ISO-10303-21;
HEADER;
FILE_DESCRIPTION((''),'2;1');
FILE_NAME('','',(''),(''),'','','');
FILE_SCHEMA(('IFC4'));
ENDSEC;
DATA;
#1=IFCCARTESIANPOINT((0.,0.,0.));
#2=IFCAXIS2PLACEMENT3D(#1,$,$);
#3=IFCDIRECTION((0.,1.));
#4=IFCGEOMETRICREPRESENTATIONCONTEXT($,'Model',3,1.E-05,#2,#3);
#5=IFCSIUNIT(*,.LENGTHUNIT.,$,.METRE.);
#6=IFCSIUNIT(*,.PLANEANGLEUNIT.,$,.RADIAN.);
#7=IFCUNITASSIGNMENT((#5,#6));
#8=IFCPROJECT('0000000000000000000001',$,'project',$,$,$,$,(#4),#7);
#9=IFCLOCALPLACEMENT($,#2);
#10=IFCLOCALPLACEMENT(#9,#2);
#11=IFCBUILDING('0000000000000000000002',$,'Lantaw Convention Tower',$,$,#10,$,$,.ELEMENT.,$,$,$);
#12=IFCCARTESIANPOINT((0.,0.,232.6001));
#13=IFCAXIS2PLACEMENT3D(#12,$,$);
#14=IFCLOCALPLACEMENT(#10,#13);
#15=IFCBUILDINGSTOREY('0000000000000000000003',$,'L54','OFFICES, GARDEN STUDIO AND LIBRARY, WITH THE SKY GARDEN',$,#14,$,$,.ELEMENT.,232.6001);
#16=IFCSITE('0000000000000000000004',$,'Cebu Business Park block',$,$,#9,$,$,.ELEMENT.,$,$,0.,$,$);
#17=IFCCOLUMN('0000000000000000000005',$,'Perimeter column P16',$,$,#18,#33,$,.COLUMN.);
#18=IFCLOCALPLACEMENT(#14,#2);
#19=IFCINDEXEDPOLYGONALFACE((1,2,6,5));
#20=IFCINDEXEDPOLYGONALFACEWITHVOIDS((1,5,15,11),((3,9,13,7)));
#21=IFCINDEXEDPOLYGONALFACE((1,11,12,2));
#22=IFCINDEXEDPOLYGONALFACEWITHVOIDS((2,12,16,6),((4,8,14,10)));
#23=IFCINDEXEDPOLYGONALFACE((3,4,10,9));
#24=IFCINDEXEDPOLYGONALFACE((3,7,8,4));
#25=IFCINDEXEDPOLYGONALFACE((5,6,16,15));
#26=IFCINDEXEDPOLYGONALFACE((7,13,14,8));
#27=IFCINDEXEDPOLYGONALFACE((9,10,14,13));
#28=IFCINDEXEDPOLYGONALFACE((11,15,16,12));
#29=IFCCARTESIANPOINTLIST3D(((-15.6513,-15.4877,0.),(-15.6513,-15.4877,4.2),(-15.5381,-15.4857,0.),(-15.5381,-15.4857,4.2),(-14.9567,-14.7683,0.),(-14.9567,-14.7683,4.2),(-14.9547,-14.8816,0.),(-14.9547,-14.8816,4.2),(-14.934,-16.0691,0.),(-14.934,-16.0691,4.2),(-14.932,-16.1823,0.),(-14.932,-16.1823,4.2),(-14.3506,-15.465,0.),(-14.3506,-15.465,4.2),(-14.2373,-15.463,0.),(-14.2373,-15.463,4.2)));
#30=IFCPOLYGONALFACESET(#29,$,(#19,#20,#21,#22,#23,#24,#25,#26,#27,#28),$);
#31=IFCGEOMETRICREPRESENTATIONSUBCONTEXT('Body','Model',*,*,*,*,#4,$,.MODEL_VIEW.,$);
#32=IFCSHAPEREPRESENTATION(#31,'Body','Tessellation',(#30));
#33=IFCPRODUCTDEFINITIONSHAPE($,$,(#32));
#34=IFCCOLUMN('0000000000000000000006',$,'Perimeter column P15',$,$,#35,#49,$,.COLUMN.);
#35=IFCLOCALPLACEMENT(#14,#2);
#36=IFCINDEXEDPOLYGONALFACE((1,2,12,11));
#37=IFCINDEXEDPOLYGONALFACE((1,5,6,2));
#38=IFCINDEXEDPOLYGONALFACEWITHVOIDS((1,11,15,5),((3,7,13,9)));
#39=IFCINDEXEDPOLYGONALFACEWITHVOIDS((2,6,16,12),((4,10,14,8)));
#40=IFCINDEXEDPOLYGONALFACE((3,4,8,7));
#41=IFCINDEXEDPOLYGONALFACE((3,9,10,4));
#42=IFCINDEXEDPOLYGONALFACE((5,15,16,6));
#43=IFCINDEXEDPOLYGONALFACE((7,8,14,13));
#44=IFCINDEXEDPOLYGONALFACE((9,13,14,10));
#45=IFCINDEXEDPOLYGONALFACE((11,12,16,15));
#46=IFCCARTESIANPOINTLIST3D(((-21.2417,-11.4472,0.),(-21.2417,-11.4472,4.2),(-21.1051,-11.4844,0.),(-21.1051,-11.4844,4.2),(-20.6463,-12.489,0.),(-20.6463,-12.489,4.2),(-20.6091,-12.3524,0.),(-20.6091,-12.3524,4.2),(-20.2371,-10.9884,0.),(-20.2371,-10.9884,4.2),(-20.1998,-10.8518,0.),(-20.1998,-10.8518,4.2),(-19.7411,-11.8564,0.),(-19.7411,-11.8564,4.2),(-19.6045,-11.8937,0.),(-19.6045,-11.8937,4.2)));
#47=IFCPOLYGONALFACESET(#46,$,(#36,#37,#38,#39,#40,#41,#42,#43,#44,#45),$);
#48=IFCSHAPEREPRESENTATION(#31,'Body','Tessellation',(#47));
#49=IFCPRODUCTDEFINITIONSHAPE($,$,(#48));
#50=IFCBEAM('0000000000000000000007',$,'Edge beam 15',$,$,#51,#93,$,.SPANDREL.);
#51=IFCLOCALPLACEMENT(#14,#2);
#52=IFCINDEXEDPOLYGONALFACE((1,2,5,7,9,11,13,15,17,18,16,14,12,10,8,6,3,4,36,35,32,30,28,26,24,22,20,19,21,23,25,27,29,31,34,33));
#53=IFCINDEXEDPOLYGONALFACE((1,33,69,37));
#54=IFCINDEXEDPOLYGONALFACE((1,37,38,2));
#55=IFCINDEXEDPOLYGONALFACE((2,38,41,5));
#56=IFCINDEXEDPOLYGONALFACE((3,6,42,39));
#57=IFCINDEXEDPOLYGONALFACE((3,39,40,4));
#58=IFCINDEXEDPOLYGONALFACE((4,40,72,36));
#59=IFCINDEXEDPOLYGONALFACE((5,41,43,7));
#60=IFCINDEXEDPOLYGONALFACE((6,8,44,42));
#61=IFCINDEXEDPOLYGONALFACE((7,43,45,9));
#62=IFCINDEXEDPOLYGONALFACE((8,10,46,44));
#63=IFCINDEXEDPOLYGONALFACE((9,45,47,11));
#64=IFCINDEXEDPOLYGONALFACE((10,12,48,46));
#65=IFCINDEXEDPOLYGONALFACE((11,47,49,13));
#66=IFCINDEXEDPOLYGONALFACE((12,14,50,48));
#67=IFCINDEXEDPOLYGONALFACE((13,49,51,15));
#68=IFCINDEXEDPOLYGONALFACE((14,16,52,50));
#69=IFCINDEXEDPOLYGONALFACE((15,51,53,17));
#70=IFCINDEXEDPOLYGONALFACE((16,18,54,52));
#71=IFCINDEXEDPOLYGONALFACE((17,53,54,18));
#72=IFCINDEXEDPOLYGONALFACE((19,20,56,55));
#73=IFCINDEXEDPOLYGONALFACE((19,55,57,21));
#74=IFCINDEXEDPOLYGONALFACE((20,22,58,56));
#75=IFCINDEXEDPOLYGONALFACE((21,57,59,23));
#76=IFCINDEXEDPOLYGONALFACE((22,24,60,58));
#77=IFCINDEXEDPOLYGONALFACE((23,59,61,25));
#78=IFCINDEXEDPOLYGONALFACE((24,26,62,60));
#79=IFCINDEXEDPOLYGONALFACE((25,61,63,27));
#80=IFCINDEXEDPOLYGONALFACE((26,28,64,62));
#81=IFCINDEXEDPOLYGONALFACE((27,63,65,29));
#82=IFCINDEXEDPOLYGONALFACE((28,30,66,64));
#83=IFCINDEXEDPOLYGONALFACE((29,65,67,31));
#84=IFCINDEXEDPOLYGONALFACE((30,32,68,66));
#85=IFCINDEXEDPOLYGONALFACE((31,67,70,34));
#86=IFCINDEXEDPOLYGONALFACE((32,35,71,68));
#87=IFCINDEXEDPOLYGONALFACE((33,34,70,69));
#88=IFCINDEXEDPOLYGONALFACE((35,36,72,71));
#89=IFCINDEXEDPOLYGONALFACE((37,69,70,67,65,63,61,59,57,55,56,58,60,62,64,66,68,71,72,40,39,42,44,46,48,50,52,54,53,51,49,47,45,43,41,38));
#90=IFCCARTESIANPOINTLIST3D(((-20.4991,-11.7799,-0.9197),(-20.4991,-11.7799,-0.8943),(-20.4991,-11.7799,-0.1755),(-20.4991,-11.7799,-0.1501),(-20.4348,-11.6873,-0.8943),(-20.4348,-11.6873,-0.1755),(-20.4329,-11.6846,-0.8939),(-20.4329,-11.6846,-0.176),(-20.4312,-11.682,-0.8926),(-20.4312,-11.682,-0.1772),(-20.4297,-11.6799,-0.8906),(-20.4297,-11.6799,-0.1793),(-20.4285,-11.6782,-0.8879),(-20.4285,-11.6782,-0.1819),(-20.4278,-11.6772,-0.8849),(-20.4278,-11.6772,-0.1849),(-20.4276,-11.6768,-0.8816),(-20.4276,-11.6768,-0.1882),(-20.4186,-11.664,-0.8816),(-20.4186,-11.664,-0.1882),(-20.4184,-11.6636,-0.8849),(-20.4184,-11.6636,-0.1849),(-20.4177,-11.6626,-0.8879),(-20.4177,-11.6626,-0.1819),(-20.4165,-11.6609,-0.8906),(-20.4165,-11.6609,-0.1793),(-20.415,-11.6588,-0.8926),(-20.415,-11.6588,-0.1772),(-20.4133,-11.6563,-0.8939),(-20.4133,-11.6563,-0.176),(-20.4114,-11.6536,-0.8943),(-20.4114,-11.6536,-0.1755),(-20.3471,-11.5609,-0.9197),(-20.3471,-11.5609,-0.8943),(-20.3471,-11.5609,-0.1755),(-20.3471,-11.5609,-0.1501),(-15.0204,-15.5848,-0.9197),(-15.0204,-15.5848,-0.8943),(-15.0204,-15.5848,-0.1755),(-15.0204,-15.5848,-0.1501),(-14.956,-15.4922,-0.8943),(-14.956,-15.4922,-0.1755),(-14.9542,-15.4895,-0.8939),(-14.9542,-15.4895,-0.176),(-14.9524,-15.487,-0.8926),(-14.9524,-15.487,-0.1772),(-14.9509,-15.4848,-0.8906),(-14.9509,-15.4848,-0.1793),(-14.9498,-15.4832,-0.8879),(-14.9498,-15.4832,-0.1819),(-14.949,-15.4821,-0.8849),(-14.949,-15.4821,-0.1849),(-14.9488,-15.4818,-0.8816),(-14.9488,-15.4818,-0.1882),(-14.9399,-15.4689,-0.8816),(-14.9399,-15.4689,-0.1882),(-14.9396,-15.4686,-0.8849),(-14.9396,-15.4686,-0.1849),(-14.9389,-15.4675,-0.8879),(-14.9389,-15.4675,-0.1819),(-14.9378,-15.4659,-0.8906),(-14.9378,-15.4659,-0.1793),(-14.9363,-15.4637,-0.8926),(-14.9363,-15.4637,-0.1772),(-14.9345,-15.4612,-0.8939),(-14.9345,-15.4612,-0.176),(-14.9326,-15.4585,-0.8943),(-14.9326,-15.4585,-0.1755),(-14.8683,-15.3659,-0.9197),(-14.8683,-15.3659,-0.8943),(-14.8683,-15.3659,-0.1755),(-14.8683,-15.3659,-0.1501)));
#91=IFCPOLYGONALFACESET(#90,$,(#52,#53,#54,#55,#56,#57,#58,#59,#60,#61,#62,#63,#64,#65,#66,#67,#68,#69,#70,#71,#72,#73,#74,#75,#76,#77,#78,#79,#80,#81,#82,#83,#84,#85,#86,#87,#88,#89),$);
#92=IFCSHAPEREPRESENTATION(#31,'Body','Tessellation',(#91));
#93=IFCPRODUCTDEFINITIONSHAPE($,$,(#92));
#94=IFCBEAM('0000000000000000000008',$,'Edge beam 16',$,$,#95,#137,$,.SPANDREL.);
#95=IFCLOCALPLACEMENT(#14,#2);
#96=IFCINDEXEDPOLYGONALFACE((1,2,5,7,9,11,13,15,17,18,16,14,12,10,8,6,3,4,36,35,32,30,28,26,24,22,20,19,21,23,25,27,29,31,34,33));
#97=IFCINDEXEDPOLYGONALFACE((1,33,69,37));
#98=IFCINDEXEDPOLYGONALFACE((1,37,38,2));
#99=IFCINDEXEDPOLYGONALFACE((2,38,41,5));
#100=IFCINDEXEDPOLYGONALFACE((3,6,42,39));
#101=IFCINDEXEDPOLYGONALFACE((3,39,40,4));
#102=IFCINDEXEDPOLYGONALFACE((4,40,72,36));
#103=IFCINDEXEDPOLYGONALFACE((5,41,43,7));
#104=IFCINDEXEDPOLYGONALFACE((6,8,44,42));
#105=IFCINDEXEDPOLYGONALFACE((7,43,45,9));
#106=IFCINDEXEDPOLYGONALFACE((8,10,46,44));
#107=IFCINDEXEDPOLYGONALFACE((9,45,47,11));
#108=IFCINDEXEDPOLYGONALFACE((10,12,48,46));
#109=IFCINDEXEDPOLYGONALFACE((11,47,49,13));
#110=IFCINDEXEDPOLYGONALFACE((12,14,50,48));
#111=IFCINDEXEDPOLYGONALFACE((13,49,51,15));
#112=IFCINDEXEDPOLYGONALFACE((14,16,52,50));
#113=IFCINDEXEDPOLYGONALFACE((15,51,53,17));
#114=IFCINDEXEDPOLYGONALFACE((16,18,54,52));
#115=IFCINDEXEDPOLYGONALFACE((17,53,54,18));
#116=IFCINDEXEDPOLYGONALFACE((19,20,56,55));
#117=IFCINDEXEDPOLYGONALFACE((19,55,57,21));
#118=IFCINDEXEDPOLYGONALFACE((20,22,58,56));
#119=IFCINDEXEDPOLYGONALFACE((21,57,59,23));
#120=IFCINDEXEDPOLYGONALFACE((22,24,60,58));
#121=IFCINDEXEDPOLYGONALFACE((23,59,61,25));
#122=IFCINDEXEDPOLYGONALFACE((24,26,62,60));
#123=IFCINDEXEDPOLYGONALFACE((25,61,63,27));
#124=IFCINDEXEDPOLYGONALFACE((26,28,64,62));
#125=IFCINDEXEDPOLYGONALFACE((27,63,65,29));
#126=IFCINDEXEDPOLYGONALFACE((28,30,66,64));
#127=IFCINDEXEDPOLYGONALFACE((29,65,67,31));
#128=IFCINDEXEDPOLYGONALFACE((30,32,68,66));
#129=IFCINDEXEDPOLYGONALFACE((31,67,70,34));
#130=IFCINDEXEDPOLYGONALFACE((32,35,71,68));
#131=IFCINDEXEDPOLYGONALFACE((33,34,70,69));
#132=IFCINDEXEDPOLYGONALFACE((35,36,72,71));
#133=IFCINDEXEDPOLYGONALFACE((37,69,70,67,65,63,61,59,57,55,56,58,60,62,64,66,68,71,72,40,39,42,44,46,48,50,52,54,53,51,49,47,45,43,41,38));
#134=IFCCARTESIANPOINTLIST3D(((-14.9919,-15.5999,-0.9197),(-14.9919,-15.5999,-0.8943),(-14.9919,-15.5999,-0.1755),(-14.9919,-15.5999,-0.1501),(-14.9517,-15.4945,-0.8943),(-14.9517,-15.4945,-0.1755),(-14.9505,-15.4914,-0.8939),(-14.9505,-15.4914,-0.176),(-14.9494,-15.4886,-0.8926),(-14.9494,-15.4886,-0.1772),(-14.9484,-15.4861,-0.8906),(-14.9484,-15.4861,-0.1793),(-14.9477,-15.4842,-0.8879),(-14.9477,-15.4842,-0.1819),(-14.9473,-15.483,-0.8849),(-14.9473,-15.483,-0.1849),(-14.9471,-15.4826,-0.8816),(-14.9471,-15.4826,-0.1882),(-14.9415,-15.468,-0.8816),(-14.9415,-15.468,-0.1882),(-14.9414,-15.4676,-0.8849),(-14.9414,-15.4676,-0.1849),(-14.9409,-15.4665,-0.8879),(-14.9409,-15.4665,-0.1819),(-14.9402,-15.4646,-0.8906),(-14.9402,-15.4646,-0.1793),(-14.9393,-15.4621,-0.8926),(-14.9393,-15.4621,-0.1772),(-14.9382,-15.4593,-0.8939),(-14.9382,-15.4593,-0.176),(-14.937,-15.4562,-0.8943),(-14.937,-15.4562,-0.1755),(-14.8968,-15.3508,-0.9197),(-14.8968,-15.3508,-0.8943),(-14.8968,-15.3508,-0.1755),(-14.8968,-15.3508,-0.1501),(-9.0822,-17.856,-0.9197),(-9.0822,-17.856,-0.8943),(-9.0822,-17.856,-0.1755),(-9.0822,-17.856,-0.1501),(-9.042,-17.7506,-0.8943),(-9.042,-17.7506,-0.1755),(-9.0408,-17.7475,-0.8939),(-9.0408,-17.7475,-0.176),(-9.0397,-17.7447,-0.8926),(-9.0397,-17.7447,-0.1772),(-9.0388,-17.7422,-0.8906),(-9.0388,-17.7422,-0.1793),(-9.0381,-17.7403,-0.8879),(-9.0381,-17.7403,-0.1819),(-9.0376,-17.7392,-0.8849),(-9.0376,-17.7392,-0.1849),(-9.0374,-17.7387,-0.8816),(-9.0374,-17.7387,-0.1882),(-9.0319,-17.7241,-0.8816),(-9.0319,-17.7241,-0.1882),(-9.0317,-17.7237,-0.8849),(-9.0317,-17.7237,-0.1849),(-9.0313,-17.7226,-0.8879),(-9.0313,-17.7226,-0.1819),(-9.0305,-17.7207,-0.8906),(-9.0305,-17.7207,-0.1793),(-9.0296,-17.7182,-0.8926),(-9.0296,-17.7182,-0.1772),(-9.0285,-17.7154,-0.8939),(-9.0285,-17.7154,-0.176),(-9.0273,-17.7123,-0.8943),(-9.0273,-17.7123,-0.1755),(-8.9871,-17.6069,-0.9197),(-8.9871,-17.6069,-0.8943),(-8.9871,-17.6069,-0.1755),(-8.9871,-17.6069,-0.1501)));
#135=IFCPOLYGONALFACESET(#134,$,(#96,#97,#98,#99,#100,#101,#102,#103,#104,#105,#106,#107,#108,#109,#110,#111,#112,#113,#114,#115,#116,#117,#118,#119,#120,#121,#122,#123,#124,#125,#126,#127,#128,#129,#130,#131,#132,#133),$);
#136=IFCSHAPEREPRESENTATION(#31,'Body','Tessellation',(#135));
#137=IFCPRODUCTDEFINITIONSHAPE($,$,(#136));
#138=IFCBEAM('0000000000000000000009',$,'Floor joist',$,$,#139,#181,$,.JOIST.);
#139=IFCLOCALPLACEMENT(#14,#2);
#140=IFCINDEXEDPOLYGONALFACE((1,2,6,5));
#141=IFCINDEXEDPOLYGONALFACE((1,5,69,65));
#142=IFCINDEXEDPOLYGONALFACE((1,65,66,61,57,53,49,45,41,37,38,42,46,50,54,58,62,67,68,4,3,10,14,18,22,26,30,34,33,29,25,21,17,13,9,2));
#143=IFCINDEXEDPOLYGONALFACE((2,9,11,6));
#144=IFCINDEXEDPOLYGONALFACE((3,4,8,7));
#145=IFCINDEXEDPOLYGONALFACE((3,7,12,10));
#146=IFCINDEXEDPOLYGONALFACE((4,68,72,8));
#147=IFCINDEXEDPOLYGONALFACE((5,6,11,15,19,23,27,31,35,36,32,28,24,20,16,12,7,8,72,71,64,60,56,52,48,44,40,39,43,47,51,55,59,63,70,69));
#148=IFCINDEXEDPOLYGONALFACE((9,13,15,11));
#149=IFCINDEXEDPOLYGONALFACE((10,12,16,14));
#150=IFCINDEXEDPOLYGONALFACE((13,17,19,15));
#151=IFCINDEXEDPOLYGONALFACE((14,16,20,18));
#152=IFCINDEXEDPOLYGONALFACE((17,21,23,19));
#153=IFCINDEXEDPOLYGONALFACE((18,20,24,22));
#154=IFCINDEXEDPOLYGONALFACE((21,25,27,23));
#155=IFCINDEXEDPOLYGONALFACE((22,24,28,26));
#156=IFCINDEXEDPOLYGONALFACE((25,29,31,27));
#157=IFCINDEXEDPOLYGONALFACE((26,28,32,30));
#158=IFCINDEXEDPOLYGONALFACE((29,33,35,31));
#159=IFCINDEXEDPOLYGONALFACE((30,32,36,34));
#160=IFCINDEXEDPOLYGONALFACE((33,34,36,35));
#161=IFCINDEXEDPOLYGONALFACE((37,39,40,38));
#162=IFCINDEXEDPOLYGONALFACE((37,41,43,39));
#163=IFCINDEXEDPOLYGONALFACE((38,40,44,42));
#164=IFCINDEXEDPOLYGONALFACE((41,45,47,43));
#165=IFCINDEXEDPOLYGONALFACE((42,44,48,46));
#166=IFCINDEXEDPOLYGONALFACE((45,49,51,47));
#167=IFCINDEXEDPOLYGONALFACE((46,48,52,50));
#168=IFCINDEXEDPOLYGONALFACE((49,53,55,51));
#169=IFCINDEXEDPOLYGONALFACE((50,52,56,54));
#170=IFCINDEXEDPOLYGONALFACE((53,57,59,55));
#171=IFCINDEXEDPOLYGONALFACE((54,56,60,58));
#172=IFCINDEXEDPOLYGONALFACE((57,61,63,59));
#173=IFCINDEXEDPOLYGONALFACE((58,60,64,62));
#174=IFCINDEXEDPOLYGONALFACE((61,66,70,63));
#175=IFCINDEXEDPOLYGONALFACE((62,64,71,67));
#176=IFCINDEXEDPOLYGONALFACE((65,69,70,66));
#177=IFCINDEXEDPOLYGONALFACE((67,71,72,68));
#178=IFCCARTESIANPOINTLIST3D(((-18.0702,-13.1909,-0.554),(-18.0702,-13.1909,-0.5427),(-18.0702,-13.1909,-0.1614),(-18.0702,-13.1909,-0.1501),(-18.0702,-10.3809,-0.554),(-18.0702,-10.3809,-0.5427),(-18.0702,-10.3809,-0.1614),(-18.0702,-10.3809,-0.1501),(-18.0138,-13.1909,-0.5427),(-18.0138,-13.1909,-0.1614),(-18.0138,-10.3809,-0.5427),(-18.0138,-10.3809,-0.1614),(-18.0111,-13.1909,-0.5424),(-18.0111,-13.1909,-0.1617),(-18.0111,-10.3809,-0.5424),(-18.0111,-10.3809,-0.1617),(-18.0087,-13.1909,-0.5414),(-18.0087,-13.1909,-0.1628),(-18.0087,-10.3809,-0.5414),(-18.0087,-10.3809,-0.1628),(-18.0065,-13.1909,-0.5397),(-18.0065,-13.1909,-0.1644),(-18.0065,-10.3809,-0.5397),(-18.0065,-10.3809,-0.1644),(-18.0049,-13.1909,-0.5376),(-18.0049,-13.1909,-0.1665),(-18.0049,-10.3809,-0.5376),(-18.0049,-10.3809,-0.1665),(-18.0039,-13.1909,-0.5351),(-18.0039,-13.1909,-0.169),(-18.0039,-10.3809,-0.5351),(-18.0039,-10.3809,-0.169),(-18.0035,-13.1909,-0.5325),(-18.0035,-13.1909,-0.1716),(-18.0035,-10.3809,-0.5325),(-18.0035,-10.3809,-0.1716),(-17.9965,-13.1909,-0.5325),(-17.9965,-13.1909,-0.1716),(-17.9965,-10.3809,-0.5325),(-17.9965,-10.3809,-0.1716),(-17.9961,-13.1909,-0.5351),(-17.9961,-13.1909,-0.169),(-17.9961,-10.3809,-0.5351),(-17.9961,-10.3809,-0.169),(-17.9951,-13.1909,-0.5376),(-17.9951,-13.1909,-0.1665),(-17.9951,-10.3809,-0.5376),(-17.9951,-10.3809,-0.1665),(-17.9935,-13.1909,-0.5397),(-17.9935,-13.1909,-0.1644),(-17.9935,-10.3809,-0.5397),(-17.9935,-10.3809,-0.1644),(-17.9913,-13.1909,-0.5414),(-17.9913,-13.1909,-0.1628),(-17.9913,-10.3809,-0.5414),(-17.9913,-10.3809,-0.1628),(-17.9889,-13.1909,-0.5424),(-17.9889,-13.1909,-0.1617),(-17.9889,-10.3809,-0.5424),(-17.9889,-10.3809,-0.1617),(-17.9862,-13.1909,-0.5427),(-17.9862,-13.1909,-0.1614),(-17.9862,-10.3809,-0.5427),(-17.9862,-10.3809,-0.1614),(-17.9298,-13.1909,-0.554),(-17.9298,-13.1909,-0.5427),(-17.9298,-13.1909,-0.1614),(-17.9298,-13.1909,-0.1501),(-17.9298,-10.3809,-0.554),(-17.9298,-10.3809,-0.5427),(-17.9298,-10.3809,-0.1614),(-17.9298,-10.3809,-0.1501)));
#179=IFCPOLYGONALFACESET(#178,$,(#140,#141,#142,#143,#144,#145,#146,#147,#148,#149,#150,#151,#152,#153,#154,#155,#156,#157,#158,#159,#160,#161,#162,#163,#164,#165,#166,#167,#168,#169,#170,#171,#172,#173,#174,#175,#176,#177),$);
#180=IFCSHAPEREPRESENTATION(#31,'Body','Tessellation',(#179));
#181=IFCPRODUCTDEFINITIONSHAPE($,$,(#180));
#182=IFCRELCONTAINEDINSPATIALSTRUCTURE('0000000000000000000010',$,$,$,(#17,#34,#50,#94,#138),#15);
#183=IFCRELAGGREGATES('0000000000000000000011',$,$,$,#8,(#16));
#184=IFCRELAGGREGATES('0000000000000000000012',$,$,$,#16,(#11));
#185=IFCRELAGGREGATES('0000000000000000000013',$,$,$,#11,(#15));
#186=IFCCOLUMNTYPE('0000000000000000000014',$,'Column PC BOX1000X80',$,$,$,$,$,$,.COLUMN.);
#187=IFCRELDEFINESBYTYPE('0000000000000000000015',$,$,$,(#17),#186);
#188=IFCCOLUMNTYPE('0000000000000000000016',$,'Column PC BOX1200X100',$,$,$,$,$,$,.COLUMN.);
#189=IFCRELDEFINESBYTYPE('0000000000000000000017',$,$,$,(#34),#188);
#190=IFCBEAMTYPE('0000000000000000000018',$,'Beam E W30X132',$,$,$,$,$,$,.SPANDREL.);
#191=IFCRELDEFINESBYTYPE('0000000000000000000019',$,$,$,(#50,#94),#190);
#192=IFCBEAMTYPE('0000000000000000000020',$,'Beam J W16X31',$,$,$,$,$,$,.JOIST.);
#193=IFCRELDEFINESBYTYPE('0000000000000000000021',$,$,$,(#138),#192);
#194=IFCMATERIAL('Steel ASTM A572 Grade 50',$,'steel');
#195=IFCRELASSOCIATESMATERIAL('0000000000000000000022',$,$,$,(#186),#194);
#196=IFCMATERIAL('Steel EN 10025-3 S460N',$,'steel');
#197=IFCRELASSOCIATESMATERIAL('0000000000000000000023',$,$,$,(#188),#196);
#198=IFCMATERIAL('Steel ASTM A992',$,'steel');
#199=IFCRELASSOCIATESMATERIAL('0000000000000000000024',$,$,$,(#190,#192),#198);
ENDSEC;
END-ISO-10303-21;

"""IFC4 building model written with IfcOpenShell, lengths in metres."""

from ifc_helpers import new_model, si_unit, direction, frame, origin, origin_2d, place, context, subcontext, project, spatial, rectangle, hollow_rectangle, i_section, extrude, material, material_profile, profile_set, type_object, element, save


model = new_model("IFC4")

# Units and contexts
model_context = context("Model", 3, precision=1e-05, world=origin(), true_north=direction((0.0, 1.0)))
body_context = subcontext(model_context, "Body", "Model", "MODEL_VIEW")
ifc_project = project(units=[si_unit("LENGTHUNIT", "METRE"), si_unit("PLANEANGLEUNIT", "RADIAN")], contexts=[model_context])

# Site, building, storey
site_placement = place(None, origin())
site = spatial("IfcSite", under=ifc_project, at=site_placement, Name="Cebu Business Park block", CompositionType="ELEMENT", RefElevation=0.0)
building_placement = place(site_placement, origin())
building = spatial("IfcBuilding", under=site, at=building_placement, Name="Lantaw Convention Tower", CompositionType="ELEMENT")
storey_placement = place(building_placement, frame((0.0, 0.0, 232.6001)))
storey = spatial("IfcBuildingStorey", under=building, at=storey_placement, Name="L54", Description="OFFICES, GARDEN STUDIO AND LIBRARY, WITH THE SKY GARDEN", CompositionType="ELEMENT", Elevation=232.6001)

# Columns
ifc_material_1 = material(Name="Steel ASTM A572 Grade 50", Category="steel")
ifc_material_profile_1 = material_profile(ifc_material_1, hollow_rectangle(XDim=1.0, YDim=1.0, WallThickness=0.0801, at=origin_2d()), Name="BOX1000X80")
ifc_material_2 = material(Name="Concrete C60/75", Category="concrete")
ifc_material_profile_2 = material_profile(ifc_material_2, rectangle(XDim=0.8401, YDim=0.8401, at=origin_2d()), Name="Concrete fill of BOX1000X80")
ifc_profile_set_1 = profile_set([ifc_material_profile_1, ifc_material_profile_2], Name="Steel ASTM A572 Grade 50")
column_type_1 = type_object("IfcColumnType", Name="Column PC BOX1000X80", PredefinedType="COLUMN", material=ifc_profile_set_1)
column_1_placement = place(storey_placement, frame((-14.9443, -15.4753, 0.0), z_axis=(0.0, 0.0, 1.0), x_axis=(0.694658, 0.71934, 0.0)))
element("IfcColumn", 1, at=column_1_placement, inside=storey, type_object=column_type_1, Name="Perimeter column P16", PredefinedType="COLUMN", context=body_context, shape_type="SweptSolid", body=[
    extrude(hollow_rectangle(XDim=1.0, YDim=1.0, WallThickness=0.0801, at=origin_2d()), origin(), (0.0, 0.0, 1.0), 4.2),
])
ifc_material_3 = material(Name="Steel EN 10025-3 S460N", Category="steel")
ifc_material_profile_3 = material_profile(ifc_material_3, hollow_rectangle(XDim=1.2, YDim=1.2, WallThickness=0.1001, at=origin_2d()), Name="BOX1200X100")
ifc_material_profile_4 = material_profile(ifc_material_2, rectangle(XDim=1.0, YDim=1.0, at=origin_2d()), Name="Concrete fill of BOX1200X100")
ifc_profile_set_2 = profile_set([ifc_material_profile_3, ifc_material_profile_4], Name="Steel EN 10025-3 S460N")
column_type_2 = type_object("IfcColumnType", Name="Column PC BOX1200X100", PredefinedType="COLUMN", material=ifc_profile_set_2)
column_2_placement = place(storey_placement, frame((-20.4231, -11.6704, 0.0), z_axis=(0.0, 0.0, 1.0), x_axis=(0.868243, 0.496139, 0.0)))
element("IfcColumn", 2, at=column_2_placement, inside=storey, type_object=column_type_2, Name="Perimeter column P15", PredefinedType="COLUMN", context=body_context, shape_type="SweptSolid", body=[
    extrude(hollow_rectangle(XDim=1.2, YDim=1.2, WallThickness=0.1001, at=origin_2d()), origin(), (0.0, 0.0, 1.0), 4.2),
])

# Beams
ifc_material_4 = material(Name="Steel ASTM A992", Category="steel")
ifc_material_profile_5 = material_profile(ifc_material_4, i_section(OverallWidth=0.2666, OverallDepth=0.7695, WebThickness=0.0156, FlangeThickness=0.0254, FilletRadius=0.0127, at=origin_2d()), Name="W30X132")
ifc_profile_set_3 = profile_set([ifc_material_profile_5], Name="Steel ASTM A992")
beam_type_1 = type_object("IfcBeamType", Name="Beam E W30X132", PredefinedType="SPANDREL", material=ifc_profile_set_3)
beam_1_placement = place(storey_placement, frame((-20.4231, -11.6704, -0.5349), z_axis=(0.821353, -0.57042, 0.0), x_axis=(0.57042, 0.821353, 0.0)))
element("IfcBeam", 3, at=beam_1_placement, inside=storey, type_object=beam_type_1, Name="Edge beam 15", PredefinedType="SPANDREL", context=body_context, shape_type="SweptSolid", body=[
    extrude(i_section(OverallWidth=0.2666, OverallDepth=0.7695, WebThickness=0.0156, FlangeThickness=0.0254, FilletRadius=0.0127, at=origin_2d()), origin(), (0.0, 0.0, 1.0), 6.6704),
])
beam_2_placement = place(storey_placement, frame((-14.9443, -15.4753, -0.5349), z_axis=(0.934235, -0.356658, 0.0), x_axis=(0.356658, 0.934235, 0.0)))
element("IfcBeam", 4, at=beam_2_placement, inside=storey, type_object=beam_type_1, Name="Edge beam 16", PredefinedType="SPANDREL", context=body_context, shape_type="SweptSolid", body=[
    extrude(i_section(OverallWidth=0.2666, OverallDepth=0.7695, WebThickness=0.0156, FlangeThickness=0.0254, FilletRadius=0.0127, at=origin_2d()), origin(), (0.0, 0.0, 1.0), 6.3257),
])
ifc_material_profile_6 = material_profile(ifc_material_4, i_section(OverallWidth=0.1404, OverallDepth=0.4038, WebThickness=0.0071, FlangeThickness=0.0112, FilletRadius=0.0103, at=origin_2d()), Name="W16X31")
ifc_profile_set_4 = profile_set([ifc_material_profile_6], Name="Steel ASTM A992")
beam_type_2 = type_object("IfcBeamType", Name="Beam J W16X31", PredefinedType="JOIST", material=ifc_profile_set_4)
beam_3_placement = place(storey_placement, frame((-18.0, -13.1909, -0.3521), z_axis=(0.0, 1.0, 0.0), x_axis=(-1.0, 0.0, 0.0)))
element("IfcBeam", 5, at=beam_3_placement, inside=storey, type_object=beam_type_2, Name="Floor joist", PredefinedType="JOIST", context=body_context, shape_type="SweptSolid", body=[
    extrude(i_section(OverallWidth=0.1404, OverallDepth=0.4038, WebThickness=0.0071, FlangeThickness=0.0112, FilletRadius=0.0103, at=origin_2d()), origin(), (0.0, 0.0, 1.0), 2.8101),
])

save(model, "model.ifc")
